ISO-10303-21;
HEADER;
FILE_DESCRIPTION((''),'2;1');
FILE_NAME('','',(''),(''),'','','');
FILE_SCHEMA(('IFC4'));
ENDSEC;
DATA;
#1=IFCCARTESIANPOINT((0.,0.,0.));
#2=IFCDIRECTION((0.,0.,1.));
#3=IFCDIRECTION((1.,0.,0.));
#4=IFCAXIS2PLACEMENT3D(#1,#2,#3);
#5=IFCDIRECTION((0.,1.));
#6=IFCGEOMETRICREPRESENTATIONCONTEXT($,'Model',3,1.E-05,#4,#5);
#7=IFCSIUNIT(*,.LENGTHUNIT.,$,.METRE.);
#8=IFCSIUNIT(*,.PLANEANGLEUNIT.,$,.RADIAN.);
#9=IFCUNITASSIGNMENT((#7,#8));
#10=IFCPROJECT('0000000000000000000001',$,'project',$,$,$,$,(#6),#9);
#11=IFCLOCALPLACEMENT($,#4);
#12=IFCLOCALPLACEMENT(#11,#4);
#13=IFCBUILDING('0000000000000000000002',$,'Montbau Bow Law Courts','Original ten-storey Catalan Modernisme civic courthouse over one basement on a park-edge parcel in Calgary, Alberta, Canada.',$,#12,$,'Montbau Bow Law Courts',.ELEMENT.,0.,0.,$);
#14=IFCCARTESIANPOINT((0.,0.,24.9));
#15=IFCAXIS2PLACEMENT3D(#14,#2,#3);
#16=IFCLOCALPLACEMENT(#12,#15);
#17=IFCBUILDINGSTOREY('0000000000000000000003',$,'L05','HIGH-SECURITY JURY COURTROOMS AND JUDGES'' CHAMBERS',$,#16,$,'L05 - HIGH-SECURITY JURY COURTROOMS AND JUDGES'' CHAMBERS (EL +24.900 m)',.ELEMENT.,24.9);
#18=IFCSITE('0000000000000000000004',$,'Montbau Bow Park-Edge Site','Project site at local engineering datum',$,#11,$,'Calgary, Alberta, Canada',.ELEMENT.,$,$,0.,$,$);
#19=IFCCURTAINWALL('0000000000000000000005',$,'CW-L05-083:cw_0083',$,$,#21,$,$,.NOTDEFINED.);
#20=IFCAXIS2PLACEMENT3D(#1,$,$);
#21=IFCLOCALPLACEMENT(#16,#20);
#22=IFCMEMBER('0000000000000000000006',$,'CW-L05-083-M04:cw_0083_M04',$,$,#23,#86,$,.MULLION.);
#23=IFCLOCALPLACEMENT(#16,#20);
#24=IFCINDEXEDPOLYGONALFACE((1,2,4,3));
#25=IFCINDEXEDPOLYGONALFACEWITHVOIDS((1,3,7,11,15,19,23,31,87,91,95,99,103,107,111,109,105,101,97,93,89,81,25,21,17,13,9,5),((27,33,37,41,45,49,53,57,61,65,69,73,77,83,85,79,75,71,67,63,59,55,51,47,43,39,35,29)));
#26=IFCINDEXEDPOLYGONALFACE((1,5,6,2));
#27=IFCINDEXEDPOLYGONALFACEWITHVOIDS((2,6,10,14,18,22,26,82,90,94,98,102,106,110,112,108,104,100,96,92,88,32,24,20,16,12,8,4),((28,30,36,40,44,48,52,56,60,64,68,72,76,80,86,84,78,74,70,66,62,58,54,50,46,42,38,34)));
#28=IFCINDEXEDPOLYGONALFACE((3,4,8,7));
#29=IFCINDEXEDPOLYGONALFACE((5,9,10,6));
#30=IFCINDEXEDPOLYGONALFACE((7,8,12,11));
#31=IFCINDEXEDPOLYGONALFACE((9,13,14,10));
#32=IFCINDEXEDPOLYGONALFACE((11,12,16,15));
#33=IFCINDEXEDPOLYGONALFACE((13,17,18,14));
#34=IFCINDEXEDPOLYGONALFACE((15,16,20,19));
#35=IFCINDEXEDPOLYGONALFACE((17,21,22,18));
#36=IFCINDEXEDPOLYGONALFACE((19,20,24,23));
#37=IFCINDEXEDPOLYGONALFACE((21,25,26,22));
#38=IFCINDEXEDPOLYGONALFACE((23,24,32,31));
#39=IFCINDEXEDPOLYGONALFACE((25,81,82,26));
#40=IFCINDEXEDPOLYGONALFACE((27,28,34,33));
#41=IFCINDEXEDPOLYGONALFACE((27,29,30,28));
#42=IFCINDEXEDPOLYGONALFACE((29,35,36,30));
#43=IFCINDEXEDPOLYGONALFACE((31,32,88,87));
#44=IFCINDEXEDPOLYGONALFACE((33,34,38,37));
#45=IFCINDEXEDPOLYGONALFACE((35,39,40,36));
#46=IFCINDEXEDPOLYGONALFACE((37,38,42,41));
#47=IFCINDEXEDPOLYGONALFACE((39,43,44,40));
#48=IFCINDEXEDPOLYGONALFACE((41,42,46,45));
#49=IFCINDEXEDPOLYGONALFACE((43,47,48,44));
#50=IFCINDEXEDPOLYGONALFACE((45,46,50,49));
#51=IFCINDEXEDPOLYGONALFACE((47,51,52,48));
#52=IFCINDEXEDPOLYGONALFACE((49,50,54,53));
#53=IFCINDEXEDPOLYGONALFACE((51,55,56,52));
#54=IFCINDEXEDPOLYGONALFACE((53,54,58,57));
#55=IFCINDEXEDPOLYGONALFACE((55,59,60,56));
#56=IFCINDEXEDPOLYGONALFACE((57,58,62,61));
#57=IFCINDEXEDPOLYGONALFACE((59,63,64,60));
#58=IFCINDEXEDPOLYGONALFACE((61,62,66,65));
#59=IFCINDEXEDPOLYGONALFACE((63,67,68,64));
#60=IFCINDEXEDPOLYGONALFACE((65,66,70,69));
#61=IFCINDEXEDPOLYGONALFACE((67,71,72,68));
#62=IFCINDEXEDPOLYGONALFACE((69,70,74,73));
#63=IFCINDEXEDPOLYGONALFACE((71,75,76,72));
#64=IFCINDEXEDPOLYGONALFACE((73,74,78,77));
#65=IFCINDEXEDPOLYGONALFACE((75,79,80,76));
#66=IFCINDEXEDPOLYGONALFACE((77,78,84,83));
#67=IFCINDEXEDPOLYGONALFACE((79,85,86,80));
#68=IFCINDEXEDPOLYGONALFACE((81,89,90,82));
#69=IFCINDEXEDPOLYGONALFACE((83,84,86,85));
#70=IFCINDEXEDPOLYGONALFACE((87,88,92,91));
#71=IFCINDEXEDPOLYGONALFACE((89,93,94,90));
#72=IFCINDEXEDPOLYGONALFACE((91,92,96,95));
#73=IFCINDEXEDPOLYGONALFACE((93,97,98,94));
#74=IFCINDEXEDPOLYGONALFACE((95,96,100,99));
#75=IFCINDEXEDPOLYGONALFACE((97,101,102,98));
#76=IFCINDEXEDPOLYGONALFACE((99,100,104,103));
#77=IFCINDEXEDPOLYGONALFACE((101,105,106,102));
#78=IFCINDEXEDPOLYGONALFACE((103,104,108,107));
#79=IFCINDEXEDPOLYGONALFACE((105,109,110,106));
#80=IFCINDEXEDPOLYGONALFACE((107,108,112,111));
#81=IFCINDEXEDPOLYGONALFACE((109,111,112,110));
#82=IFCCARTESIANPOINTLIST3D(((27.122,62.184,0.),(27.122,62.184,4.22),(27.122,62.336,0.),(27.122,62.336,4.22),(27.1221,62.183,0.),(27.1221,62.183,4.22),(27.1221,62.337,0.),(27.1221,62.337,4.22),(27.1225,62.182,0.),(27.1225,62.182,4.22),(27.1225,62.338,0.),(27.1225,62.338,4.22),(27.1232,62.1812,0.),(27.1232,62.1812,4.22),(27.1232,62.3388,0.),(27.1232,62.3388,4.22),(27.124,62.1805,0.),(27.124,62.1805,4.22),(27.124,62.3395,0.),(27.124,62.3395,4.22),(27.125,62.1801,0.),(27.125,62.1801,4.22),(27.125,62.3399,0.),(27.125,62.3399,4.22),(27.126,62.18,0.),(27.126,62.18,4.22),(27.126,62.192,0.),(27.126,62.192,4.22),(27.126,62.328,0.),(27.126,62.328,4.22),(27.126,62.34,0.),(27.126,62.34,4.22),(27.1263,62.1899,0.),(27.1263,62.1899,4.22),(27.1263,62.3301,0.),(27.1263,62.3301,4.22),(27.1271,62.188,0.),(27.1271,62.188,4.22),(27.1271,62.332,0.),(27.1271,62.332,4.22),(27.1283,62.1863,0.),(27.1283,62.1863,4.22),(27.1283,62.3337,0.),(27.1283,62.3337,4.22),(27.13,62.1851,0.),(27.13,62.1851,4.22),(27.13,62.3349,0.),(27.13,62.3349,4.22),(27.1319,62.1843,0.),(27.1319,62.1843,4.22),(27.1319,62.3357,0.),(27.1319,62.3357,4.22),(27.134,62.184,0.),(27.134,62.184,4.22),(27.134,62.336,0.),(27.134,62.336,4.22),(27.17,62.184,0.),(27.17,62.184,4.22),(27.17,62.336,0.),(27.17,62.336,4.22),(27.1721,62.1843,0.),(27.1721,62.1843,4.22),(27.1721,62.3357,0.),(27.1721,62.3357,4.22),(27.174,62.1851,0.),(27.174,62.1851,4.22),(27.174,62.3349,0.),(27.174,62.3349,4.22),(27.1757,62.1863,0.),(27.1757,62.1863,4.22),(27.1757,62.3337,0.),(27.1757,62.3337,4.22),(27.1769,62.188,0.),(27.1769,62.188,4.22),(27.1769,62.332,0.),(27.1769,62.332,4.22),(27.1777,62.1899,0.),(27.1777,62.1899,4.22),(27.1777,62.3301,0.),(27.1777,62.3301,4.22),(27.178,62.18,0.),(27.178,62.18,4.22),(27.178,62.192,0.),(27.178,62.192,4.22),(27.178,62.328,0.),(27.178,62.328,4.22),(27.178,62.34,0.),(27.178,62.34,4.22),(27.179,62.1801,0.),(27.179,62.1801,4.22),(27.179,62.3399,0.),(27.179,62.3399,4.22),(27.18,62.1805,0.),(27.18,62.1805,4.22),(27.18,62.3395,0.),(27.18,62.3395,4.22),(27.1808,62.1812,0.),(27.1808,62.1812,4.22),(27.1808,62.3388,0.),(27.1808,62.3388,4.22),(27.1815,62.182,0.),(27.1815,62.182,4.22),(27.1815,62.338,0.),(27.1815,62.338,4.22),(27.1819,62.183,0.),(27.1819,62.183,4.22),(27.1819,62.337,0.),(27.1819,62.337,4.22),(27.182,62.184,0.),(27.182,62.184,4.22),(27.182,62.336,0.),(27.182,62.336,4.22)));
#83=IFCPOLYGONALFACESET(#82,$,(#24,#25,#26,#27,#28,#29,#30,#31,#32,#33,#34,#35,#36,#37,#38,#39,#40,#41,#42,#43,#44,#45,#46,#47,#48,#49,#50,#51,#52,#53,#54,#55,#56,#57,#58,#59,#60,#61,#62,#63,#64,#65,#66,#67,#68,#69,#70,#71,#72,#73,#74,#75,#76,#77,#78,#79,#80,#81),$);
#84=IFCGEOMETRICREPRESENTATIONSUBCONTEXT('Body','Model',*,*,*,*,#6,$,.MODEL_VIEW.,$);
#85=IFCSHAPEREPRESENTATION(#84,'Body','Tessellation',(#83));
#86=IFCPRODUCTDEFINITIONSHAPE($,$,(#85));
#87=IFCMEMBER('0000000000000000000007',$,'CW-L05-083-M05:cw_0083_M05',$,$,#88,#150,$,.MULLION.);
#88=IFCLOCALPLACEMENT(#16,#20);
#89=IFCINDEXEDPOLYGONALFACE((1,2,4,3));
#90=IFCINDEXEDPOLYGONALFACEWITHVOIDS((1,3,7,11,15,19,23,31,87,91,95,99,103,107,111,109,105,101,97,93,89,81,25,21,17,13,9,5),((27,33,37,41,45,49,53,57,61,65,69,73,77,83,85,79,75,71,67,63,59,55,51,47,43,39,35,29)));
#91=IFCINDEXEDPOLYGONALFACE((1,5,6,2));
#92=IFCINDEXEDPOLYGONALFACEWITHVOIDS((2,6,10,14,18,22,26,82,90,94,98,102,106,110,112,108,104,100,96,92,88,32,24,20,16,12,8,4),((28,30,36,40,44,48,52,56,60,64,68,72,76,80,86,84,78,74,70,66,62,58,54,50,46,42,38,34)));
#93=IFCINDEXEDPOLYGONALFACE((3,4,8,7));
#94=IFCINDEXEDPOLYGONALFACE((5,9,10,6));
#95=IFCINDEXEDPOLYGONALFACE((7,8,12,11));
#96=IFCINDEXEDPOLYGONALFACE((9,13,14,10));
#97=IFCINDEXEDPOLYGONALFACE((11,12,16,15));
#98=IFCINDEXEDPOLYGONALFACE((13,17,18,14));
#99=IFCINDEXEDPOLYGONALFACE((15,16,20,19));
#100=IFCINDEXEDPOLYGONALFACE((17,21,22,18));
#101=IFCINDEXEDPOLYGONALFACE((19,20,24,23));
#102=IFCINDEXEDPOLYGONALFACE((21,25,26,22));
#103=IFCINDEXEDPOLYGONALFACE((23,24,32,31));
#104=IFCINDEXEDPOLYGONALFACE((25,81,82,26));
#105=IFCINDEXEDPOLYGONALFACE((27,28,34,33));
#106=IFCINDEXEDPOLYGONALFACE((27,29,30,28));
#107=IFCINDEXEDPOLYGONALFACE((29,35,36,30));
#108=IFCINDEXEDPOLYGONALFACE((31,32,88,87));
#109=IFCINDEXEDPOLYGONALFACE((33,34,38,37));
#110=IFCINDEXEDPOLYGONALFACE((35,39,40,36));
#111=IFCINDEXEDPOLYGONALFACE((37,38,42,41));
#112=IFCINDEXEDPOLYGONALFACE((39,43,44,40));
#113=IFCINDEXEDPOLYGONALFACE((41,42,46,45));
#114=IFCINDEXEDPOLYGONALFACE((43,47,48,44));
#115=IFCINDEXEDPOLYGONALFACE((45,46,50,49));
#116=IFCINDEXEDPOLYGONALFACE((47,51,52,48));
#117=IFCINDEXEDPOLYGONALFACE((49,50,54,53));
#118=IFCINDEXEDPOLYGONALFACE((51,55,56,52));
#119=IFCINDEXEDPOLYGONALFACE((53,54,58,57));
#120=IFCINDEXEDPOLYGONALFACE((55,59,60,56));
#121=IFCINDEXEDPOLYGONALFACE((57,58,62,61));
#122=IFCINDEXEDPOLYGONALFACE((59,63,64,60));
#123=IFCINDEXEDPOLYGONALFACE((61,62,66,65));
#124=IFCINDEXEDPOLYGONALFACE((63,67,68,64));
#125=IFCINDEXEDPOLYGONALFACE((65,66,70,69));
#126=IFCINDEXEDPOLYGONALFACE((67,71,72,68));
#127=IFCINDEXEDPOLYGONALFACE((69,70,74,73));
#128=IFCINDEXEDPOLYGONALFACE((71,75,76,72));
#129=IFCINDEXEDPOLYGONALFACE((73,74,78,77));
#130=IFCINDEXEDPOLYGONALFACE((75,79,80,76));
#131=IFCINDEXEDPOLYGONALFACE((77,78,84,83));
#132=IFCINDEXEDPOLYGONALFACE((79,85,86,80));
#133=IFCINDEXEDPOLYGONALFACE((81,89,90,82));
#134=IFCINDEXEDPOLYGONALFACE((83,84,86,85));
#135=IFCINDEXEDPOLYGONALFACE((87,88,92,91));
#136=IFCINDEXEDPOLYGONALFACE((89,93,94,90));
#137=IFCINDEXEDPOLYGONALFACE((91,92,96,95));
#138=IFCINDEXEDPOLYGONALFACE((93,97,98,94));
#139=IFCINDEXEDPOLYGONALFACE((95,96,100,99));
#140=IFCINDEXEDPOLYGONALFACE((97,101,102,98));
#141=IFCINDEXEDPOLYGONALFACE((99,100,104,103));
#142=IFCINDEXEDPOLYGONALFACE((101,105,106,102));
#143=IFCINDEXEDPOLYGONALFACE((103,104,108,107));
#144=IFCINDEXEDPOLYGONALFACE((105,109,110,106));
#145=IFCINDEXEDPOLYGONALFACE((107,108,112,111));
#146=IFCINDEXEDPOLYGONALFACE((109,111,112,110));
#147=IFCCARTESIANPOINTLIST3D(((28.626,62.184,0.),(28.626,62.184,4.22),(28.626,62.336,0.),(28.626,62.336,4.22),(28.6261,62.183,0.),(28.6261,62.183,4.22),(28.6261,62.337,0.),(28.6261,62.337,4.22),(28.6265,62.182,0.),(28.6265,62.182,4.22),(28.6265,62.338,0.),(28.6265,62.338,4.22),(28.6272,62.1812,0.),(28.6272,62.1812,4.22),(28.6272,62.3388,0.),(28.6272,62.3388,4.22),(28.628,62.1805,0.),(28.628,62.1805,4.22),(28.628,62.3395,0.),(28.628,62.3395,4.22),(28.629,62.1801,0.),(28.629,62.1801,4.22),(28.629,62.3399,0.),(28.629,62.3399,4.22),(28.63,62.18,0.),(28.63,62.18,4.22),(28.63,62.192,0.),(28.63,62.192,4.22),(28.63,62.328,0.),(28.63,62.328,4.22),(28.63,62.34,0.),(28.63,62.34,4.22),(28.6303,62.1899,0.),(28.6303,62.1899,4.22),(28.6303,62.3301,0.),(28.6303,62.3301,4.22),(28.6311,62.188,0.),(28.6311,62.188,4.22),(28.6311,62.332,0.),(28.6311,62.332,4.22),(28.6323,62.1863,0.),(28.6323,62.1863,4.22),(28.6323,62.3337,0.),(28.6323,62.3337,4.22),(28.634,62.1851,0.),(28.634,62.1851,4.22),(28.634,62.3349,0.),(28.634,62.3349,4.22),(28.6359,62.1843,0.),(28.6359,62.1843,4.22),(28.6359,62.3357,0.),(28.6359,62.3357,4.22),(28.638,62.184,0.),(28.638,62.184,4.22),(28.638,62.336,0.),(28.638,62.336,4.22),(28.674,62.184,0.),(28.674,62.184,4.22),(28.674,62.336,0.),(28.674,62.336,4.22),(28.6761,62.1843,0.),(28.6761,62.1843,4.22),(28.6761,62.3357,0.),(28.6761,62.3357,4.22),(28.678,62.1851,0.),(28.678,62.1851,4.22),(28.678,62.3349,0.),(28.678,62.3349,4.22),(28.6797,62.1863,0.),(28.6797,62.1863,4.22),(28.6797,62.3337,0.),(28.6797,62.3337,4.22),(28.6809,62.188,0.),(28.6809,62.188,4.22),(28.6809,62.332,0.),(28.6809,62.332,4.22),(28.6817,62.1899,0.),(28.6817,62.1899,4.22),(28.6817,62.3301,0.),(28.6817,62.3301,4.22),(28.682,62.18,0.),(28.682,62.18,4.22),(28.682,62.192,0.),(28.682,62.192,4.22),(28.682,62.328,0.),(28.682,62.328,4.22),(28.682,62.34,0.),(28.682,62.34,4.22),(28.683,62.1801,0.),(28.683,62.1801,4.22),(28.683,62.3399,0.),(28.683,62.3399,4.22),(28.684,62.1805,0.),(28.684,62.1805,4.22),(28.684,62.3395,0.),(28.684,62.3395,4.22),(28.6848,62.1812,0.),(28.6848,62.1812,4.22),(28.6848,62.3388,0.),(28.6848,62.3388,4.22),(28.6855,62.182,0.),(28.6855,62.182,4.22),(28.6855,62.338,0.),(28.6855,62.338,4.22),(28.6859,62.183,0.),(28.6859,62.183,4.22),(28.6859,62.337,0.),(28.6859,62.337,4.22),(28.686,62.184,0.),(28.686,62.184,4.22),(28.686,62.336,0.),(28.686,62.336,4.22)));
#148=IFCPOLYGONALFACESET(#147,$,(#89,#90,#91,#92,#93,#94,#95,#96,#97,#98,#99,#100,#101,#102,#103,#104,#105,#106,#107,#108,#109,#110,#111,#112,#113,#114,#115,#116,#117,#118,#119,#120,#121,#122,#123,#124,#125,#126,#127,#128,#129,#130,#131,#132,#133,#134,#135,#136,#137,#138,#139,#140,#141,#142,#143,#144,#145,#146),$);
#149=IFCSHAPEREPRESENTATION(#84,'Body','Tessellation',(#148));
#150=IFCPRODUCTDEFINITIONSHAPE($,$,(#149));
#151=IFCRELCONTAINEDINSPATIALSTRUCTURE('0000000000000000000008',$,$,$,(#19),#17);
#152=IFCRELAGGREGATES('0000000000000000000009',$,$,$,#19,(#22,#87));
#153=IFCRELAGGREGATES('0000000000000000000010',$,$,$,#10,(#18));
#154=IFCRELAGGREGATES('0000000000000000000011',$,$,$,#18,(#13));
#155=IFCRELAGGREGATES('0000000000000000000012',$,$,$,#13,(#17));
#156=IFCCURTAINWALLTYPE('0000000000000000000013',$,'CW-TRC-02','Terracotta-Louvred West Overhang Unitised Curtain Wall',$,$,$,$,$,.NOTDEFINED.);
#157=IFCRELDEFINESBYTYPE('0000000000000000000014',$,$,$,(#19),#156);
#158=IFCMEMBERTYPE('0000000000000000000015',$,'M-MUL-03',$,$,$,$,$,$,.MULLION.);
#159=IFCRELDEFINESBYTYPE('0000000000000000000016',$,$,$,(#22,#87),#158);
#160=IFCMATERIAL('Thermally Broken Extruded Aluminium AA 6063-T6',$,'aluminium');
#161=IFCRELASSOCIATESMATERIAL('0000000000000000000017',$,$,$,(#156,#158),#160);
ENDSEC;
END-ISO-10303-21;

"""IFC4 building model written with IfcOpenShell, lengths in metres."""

from ifc_helpers import new_model, si_unit, direction, frame, origin_with_axes, origin_2d_with_axis, place, context, subcontext, project, spatial, hollow_rectangle, extrude, material, material_profile, profile_set, type_object, element, aggregate, save


model = new_model("IFC4")

# Units and contexts
model_context = context("Model", 3, precision=1e-05, world=origin_with_axes(), true_north=direction((0.0, 1.0)))
body_context = subcontext(model_context, "Body", "Model", "MODEL_VIEW")
ifc_project = project(units=[si_unit("LENGTHUNIT", "METRE"), si_unit("PLANEANGLEUNIT", "RADIAN")], contexts=[model_context])

# Site, building, storey
site_placement = place(None, origin_with_axes())
site = spatial("IfcSite", under=ifc_project, at=site_placement, Name="Montbau Bow Park-Edge Site", Description="Project site at local engineering datum", LongName="Calgary, Alberta, Canada", CompositionType="ELEMENT", RefElevation=0.0)
building_placement = place(site_placement, origin_with_axes())
building = spatial("IfcBuilding", under=site, at=building_placement, Name="Montbau Bow Law Courts", Description="Original ten-storey Catalan Modernisme civic courthouse over one basement on a park-edge parcel in Calgary, Alberta, Canada.", LongName="Montbau Bow Law Courts", CompositionType="ELEMENT", ElevationOfRefHeight=0.0, ElevationOfTerrain=0.0)
storey_placement = place(building_placement, frame((0.0, 0.0, 24.9), z_axis=(0.0, 0.0, 1.0), x_axis=(1.0, 0.0, 0.0)))
storey = spatial("IfcBuildingStorey", under=building, at=storey_placement, Name="L05", Description="HIGH-SECURITY JURY COURTROOMS AND JUDGES' CHAMBERS", LongName="L05 - HIGH-SECURITY JURY COURTROOMS AND JUDGES' CHAMBERS (EL +24.900 m)", CompositionType="ELEMENT", Elevation=24.9)

# Curtain wall, members
ifc_material_1 = material(Name="Thermally Broken Extruded Aluminium AA 6063-T6", Category="aluminium")
curtain_wall_type = type_object("IfcCurtainWallType", Name="CW-TRC-02", Description="Terracotta-Louvred West Overhang Unitised Curtain Wall", PredefinedType="NOTDEFINED", material=ifc_material_1)
curtain_wall_placement = place(None, frame((22.64, 62.26, 24.9), z_axis=(0.0, 0.0, 1.0), x_axis=(1.0, 0.0, 0.0)))
curtain_wall = element("IfcCurtainWall", 1, at=curtain_wall_placement, inside=storey, type_object=curtain_wall_type, Name="CW-L05-083:cw_0083", PredefinedType="NOTDEFINED")
ifc_material_profile_1 = material_profile(ifc_material_1, hollow_rectangle(XDim=0.06, YDim=0.16, WallThickness=0.004, InnerFilletRadius=0.008, OuterFilletRadius=0.004, at=origin_2d_with_axis()), Name="CWM-160X60", Category="Main", Priority=0)
ifc_profile_set_1 = profile_set([ifc_material_profile_1], Name="Thermally Broken Extruded Aluminium AA 6063-T6")
member_type_1 = type_object("IfcMemberType", Name="M-MUL-03", PredefinedType="MULLION", material=ifc_profile_set_1)
member_1_placement = place(None, frame((27.152, 62.26, 24.9), z_axis=(0.0, 0.0, 1.0), x_axis=(1.0, 0.0, 0.0)))
member_1 = element("IfcMember", 2, at=member_1_placement, type_object=member_type_1, Name="CW-L05-083-M04:cw_0083_M04", PredefinedType="MULLION", context=body_context, shape_type="SweptSolid", body=[
    extrude(hollow_rectangle(XDim=0.06, YDim=0.16, WallThickness=0.004, InnerFilletRadius=0.008, OuterFilletRadius=0.004, at=origin_2d_with_axis()), origin_with_axes(), (0.0, 0.0, 1.0), 4.22),
])
member_2_placement = place(None, frame((28.656, 62.26, 24.9), z_axis=(0.0, 0.0, 1.0), x_axis=(1.0, 0.0, 0.0)))
member_2 = element("IfcMember", 3, at=member_2_placement, type_object=member_type_1, Name="CW-L05-083-M05:cw_0083_M05", PredefinedType="MULLION", context=body_context, shape_type="SweptSolid", body=[
    extrude(hollow_rectangle(XDim=0.06, YDim=0.16, WallThickness=0.004, InnerFilletRadius=0.008, OuterFilletRadius=0.004, at=origin_2d_with_axis()), origin_with_axes(), (0.0, 0.0, 1.0), 4.22),
])
aggregate(curtain_wall, [member_1, member_2])

save(model, "model.ifc")
